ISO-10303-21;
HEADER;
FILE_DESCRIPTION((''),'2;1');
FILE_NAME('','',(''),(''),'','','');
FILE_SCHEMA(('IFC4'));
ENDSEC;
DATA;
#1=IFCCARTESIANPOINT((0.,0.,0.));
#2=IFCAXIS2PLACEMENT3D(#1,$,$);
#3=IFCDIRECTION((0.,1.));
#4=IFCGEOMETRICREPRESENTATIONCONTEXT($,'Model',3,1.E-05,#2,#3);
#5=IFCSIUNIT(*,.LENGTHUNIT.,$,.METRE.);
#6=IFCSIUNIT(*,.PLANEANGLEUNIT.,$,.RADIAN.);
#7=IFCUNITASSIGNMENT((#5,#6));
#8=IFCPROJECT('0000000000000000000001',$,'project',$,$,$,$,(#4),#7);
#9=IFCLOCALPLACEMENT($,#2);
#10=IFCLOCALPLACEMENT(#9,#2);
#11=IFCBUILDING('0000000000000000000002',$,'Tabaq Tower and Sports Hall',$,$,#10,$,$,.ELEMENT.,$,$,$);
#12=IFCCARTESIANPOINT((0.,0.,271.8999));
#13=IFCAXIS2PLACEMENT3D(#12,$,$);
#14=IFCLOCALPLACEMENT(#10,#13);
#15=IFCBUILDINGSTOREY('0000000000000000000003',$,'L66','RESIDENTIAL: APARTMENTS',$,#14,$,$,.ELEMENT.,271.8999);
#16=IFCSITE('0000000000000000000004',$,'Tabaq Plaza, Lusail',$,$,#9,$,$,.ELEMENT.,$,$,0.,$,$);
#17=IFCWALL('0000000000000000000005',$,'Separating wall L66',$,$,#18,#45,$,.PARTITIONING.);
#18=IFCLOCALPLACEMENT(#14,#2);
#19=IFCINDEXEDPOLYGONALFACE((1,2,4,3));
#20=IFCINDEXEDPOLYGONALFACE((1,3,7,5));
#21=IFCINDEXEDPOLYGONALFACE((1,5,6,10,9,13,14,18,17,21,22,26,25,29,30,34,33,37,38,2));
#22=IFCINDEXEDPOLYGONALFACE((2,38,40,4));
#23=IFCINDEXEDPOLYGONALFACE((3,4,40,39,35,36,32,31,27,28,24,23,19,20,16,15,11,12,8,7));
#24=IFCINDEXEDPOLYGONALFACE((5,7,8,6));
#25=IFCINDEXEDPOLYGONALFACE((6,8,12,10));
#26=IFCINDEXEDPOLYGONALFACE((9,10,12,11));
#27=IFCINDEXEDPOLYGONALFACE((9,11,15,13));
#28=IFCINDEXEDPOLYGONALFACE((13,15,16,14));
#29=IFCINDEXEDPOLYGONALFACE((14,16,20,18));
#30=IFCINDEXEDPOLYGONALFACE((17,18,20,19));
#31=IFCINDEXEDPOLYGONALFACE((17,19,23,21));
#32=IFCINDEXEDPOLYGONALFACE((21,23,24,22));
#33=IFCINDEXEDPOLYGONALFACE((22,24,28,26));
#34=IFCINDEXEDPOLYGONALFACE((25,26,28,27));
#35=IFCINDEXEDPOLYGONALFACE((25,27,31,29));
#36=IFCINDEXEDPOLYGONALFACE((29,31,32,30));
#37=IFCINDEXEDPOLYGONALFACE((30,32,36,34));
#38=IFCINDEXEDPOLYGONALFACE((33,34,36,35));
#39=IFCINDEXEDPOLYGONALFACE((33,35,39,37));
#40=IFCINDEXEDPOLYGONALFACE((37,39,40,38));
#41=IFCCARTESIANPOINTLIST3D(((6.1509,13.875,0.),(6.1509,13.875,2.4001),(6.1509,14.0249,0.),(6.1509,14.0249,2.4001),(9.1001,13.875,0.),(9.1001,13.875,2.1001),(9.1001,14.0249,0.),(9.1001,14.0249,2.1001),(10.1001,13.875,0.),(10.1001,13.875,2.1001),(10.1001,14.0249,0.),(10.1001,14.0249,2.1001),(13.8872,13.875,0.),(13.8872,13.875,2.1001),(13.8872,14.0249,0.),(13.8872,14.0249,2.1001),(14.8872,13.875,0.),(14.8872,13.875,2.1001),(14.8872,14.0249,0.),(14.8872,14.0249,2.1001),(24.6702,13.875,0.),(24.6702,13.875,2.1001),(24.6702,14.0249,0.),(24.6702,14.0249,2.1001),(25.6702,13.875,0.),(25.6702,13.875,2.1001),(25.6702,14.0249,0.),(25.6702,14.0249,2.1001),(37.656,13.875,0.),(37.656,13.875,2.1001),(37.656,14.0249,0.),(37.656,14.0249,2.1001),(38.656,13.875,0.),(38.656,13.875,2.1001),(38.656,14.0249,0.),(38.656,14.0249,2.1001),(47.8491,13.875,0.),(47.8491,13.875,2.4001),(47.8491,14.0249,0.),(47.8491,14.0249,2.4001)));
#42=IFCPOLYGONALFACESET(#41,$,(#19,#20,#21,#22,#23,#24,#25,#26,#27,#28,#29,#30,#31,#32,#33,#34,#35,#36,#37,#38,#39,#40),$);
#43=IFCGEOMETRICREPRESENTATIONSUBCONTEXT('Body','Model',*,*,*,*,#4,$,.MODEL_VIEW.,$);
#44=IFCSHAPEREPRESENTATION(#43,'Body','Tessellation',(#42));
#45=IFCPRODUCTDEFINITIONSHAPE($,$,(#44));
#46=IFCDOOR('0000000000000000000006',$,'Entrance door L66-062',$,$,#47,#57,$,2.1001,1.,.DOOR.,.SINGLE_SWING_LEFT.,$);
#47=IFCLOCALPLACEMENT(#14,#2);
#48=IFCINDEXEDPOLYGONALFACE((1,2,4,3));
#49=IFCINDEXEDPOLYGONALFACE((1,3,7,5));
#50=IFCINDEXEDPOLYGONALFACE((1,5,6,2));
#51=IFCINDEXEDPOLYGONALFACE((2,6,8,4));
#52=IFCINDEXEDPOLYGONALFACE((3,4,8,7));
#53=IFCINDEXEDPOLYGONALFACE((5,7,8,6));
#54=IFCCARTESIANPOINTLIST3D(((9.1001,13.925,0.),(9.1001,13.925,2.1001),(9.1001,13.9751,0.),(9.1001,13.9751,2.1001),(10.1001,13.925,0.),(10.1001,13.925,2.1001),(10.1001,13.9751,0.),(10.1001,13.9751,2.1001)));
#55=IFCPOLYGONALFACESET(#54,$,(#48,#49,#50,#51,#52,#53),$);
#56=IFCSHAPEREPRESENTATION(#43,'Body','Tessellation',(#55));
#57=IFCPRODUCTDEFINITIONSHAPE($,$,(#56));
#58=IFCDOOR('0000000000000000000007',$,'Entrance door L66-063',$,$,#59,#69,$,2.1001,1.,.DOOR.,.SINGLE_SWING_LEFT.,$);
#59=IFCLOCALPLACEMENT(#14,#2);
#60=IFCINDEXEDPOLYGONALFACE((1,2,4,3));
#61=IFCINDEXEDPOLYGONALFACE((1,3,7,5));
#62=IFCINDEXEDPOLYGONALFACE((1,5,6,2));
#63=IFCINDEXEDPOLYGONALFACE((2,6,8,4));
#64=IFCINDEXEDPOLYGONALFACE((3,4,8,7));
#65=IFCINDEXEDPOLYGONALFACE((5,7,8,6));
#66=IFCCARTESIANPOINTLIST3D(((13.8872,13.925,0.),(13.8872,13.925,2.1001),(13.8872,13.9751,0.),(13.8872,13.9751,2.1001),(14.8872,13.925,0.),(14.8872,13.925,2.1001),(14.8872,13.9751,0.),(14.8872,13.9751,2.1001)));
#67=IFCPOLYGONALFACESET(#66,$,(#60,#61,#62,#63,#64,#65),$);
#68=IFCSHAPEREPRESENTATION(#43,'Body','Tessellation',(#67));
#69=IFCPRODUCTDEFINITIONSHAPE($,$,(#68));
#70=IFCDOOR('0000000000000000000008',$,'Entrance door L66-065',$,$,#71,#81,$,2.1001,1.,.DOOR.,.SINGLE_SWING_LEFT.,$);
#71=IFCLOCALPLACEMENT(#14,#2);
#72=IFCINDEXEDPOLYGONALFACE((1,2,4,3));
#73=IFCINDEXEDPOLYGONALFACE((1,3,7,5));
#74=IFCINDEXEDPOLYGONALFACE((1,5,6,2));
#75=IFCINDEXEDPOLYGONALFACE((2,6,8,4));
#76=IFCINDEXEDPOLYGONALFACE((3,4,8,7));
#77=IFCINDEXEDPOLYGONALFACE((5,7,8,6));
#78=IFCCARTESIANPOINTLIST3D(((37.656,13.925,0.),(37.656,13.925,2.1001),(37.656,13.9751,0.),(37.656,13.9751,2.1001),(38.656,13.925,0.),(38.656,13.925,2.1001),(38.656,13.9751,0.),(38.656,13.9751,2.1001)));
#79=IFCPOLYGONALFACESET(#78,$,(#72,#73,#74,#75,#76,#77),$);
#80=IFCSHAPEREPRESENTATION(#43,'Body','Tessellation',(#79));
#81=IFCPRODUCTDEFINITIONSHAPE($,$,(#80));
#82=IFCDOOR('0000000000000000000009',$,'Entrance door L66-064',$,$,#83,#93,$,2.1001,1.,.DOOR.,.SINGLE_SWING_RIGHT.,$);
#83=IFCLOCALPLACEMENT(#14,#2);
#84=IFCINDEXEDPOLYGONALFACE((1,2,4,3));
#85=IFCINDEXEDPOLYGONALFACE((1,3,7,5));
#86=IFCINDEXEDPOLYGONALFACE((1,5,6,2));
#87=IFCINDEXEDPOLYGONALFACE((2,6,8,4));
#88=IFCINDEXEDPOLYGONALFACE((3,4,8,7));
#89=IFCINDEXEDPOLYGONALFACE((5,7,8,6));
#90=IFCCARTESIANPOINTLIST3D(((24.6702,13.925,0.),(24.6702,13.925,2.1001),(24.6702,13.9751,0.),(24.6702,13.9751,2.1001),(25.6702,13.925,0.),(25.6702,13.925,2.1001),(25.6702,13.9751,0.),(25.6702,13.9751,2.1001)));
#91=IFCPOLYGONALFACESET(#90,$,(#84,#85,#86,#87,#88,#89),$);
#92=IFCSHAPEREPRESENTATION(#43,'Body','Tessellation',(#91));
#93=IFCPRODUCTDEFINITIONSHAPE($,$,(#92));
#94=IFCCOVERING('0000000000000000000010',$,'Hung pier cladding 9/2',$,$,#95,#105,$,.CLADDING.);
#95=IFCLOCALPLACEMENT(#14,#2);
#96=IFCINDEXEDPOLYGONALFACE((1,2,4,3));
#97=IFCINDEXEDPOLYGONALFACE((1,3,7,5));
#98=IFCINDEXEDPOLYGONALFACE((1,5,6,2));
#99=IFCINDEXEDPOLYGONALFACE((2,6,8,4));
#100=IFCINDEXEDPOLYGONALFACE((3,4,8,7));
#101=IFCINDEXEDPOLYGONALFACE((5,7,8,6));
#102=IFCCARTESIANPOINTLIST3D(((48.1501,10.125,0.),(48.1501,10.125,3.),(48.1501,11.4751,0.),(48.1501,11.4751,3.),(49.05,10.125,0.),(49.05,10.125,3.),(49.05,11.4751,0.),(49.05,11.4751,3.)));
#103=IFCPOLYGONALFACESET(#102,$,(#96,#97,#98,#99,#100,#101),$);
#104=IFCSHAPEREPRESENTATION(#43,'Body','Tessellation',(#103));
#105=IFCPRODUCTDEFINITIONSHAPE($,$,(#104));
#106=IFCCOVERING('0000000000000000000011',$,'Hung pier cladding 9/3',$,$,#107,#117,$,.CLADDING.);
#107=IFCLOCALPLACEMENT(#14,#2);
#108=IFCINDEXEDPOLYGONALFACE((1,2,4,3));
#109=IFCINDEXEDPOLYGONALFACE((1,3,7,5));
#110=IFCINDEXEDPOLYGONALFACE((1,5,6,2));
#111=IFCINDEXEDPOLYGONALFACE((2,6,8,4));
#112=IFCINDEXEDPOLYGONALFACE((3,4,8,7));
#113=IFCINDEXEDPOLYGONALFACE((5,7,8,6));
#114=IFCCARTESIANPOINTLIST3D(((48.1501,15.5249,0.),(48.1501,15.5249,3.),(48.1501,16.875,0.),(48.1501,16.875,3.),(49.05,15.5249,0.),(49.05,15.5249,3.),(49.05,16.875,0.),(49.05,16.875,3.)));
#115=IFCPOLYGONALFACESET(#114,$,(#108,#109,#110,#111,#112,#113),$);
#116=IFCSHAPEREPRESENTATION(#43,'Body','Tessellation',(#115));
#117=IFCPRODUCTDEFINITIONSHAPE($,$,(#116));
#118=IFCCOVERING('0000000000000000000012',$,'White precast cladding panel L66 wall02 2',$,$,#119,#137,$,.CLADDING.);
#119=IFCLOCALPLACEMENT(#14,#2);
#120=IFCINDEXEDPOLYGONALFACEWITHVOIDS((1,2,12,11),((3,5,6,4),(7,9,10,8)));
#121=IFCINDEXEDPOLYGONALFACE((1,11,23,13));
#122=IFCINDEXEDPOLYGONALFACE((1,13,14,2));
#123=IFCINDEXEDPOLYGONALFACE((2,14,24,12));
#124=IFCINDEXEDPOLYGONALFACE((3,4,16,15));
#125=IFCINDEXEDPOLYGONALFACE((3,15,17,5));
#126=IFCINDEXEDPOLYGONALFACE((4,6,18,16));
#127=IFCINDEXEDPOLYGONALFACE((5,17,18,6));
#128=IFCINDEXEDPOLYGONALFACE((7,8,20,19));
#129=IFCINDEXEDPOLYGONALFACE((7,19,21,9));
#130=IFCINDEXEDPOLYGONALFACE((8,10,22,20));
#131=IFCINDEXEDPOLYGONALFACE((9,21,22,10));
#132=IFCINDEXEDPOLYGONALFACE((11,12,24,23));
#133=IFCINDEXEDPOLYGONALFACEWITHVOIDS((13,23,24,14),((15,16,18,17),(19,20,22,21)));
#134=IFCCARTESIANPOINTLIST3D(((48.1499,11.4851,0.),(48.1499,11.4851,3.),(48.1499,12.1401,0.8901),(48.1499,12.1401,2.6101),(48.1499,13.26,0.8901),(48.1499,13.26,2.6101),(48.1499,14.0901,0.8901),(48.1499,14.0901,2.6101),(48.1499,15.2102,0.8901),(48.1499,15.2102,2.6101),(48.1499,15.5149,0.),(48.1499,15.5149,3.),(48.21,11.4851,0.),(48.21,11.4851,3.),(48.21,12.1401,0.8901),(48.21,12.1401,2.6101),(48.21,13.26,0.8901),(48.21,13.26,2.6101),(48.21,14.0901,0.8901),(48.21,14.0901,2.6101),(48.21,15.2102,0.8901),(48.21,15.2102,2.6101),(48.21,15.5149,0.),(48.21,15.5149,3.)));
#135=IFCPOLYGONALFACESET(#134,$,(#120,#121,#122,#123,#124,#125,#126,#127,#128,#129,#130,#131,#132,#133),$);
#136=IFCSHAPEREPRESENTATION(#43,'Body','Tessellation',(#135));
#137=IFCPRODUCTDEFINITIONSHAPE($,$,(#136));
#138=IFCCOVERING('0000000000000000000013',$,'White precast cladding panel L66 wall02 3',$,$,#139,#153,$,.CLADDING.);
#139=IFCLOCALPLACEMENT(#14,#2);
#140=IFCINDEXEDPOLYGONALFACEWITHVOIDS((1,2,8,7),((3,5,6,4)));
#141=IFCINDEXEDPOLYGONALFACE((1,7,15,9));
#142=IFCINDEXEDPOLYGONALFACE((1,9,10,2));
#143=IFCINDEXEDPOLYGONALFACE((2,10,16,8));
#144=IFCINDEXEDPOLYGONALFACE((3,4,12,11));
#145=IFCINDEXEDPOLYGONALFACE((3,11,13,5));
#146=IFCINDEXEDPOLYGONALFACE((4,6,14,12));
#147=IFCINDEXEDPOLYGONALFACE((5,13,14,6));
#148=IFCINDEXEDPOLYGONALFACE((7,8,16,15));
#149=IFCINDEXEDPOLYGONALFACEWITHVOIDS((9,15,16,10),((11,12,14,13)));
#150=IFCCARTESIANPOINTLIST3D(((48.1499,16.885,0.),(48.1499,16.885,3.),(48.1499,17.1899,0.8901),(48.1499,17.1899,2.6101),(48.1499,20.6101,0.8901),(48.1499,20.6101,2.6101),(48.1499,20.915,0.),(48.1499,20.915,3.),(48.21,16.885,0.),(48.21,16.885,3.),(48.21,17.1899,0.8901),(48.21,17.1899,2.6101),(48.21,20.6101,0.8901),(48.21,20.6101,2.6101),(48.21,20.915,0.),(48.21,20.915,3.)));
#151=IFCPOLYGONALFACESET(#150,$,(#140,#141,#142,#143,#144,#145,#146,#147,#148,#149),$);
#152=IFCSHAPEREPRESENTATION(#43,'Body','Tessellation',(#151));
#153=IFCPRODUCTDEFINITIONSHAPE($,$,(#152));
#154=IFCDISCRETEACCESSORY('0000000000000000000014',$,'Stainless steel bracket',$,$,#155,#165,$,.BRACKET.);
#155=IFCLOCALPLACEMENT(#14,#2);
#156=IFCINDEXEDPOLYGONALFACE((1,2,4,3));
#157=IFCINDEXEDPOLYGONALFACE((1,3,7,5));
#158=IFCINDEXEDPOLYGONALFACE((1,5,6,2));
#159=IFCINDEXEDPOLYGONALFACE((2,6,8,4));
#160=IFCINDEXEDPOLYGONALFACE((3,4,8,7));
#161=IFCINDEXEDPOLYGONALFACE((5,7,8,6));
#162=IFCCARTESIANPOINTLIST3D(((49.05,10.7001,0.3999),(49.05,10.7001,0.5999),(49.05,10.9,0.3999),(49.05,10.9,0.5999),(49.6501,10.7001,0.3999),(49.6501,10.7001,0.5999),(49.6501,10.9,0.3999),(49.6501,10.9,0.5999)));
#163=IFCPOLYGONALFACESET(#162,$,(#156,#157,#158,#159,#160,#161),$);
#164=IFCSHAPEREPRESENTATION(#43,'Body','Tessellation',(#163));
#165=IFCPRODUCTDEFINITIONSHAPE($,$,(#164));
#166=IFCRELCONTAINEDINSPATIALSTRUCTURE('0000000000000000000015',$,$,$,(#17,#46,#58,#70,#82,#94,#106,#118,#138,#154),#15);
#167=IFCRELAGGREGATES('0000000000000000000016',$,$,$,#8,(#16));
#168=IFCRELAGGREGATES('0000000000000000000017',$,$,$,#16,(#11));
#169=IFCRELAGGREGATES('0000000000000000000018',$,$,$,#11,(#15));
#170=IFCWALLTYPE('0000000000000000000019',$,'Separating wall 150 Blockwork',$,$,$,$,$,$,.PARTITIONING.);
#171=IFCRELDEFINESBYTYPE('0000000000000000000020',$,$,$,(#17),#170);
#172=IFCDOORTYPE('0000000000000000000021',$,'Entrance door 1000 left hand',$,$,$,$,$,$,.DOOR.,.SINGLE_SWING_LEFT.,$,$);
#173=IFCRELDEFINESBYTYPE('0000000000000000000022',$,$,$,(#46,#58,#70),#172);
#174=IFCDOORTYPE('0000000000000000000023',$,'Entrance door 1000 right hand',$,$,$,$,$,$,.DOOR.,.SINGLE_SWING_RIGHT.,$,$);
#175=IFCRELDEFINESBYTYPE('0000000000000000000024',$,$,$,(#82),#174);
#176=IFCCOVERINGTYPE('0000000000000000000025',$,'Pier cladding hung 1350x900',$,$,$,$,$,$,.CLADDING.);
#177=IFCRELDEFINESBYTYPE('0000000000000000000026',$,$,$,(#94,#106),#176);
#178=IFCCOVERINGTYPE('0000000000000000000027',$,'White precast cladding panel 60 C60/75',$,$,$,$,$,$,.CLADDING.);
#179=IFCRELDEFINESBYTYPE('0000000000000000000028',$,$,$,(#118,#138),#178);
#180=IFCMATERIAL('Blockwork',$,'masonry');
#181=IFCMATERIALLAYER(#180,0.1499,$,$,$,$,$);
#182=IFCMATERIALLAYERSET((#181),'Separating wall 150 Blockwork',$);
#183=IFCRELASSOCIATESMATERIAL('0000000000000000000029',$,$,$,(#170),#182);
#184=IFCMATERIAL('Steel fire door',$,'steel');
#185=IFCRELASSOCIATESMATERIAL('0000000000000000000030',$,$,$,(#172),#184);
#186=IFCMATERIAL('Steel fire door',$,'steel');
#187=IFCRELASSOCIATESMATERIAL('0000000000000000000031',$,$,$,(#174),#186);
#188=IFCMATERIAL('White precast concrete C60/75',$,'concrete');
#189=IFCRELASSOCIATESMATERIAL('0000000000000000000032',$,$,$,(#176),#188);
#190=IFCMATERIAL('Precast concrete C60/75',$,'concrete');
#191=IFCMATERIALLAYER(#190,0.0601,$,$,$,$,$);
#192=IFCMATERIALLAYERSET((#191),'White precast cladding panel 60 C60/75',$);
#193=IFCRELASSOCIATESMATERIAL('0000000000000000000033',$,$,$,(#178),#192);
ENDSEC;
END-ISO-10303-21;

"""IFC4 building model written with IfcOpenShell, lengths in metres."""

from ifc_helpers import new_model, si_unit, direction, frame, frame_2d, origin, origin_2d, place, context, subcontext, project, spatial, polyline, rectangle, outline, extrude, material, layer, layer_set, type_object, element, fill, save


model = new_model("IFC4")

# Units and contexts
model_context = context("Model", 3, precision=1e-05, world=origin(), true_north=direction((0.0, 1.0)))
body_context = subcontext(model_context, "Body", "Model", "MODEL_VIEW")
ifc_project = project(units=[si_unit("LENGTHUNIT", "METRE"), si_unit("PLANEANGLEUNIT", "RADIAN")], contexts=[model_context])

# Site, building, storey
site_placement = place(None, origin())
site = spatial("IfcSite", under=ifc_project, at=site_placement, Name="Tabaq Plaza, Lusail", CompositionType="ELEMENT", RefElevation=0.0)
building_placement = place(site_placement, origin())
building = spatial("IfcBuilding", under=site, at=building_placement, Name="Tabaq Tower and Sports Hall", CompositionType="ELEMENT")
storey_placement = place(building_placement, frame((0.0, 0.0, 271.8999)))
storey = spatial("IfcBuildingStorey", under=building, at=storey_placement, Name="L66", Description="RESIDENTIAL: APARTMENTS", CompositionType="ELEMENT", Elevation=271.8999)

# Wall, openings, doors
ifc_material_1 = material(Name="Blockwork", Category="masonry")
ifc_layer_1 = layer(ifc_material_1, 0.1499)
ifc_layer_set_1 = layer_set([ifc_layer_1], Name="Separating wall 150 Blockwork")
wall_type_1 = type_object("IfcWallType", Name="Separating wall 150 Blockwork", PredefinedType="PARTITIONING", material=ifc_layer_set_1)
wall_1_placement = place(storey_placement, frame((47.8491, 13.95, 0.0), z_axis=(0.0, 0.0, 1.0), x_axis=(-1.0, 0.0, 0.0)))
wall_1 = element("IfcWall", 1, at=wall_1_placement, inside=storey, type_object=wall_type_1, Name="Separating wall L66", PredefinedType="PARTITIONING", context=body_context, shape_type="SweptSolid", body=[
    extrude(rectangle(XDim=41.6982, YDim=0.1499, at=frame_2d((20.8491, 0.0))), origin(), (0.0, 0.0, 1.0), 2.4001),
])
opening_1_placement = place(wall_1_placement, frame((37.749, 0.0, 0.0)))
opening_1 = element("IfcOpeningElement", 2, at=opening_1_placement, cuts=wall_1, PredefinedType="OPENING", context=body_context, shape_type="SweptSolid", body=[
    extrude(rectangle(XDim=1.0, YDim=2.1001, at=frame_2d((0.5, 1.05))), frame((0.0, 0.075, 0.0), z_axis=(0.0, -1.0, 0.0), x_axis=(1.0, 0.0, 0.0)), (0.0, 0.0, 1.0), 0.1499),
])
opening_2_placement = place(wall_1_placement, frame((32.9619, 0.0, 0.0)))
opening_2 = element("IfcOpeningElement", 3, at=opening_2_placement, cuts=wall_1, PredefinedType="OPENING", context=body_context, shape_type="SweptSolid", body=[
    extrude(rectangle(XDim=1.0, YDim=2.1001, at=frame_2d((0.5, 1.05))), frame((0.0, 0.075, 0.0), z_axis=(0.0, -1.0, 0.0), x_axis=(1.0, 0.0, 0.0)), (0.0, 0.0, 1.0), 0.1499),
])
opening_3_placement = place(wall_1_placement, frame((22.179, 0.0, 0.0)))
opening_3 = element("IfcOpeningElement", 4, at=opening_3_placement, cuts=wall_1, PredefinedType="OPENING", context=body_context, shape_type="SweptSolid", body=[
    extrude(rectangle(XDim=1.0, YDim=2.1001, at=frame_2d((0.5, 1.05))), frame((0.0, 0.075, 0.0), z_axis=(0.0, -1.0, 0.0), x_axis=(1.0, 0.0, 0.0)), (0.0, 0.0, 1.0), 0.1499),
])
opening_4_placement = place(wall_1_placement, frame((9.1931, 0.0, 0.0)))
opening_4 = element("IfcOpeningElement", 5, at=opening_4_placement, cuts=wall_1, PredefinedType="OPENING", context=body_context, shape_type="SweptSolid", body=[
    extrude(rectangle(XDim=1.0, YDim=2.1001, at=frame_2d((0.5, 1.05))), frame((0.0, 0.075, 0.0), z_axis=(0.0, -1.0, 0.0), x_axis=(1.0, 0.0, 0.0)), (0.0, 0.0, 1.0), 0.1499),
])
ifc_material_2 = material(Name="Steel fire door", Category="steel")
door_type_1 = type_object("IfcDoorType", Name="Entrance door 1000 left hand", OperationType="SINGLE_SWING_LEFT", PredefinedType="DOOR", material=ifc_material_2)
door_1_placement = place(opening_1_placement, origin())
door_1 = element("IfcDoor", 6, at=door_1_placement, inside=storey, type_object=door_type_1, Name="Entrance door L66-062", OperationType="SINGLE_SWING_LEFT", OverallHeight=2.1001, OverallWidth=1.0, PredefinedType="DOOR", context=body_context, shape_type="SweptSolid", body=[
    extrude(rectangle(XDim=1.0, YDim=2.1001, at=frame_2d((0.5, 1.05))), frame((0.0, 0.0249, 0.0), z_axis=(0.0, -1.0, 0.0), x_axis=(1.0, 0.0, 0.0)), (0.0, 0.0, 1.0), 0.05),
])
fill(opening_1, door_1)
door_2_placement = place(opening_2_placement, origin())
door_2 = element("IfcDoor", 7, at=door_2_placement, inside=storey, type_object=door_type_1, Name="Entrance door L66-063", OperationType="SINGLE_SWING_LEFT", OverallHeight=2.1001, OverallWidth=1.0, PredefinedType="DOOR", context=body_context, shape_type="SweptSolid", body=[
    extrude(rectangle(XDim=1.0, YDim=2.1001, at=frame_2d((0.5, 1.05))), frame((0.0, 0.0249, 0.0), z_axis=(0.0, -1.0, 0.0), x_axis=(1.0, 0.0, 0.0)), (0.0, 0.0, 1.0), 0.05),
])
fill(opening_2, door_2)
door_3_placement = place(opening_4_placement, origin())
door_3 = element("IfcDoor", 8, at=door_3_placement, inside=storey, type_object=door_type_1, Name="Entrance door L66-065", OperationType="SINGLE_SWING_LEFT", OverallHeight=2.1001, OverallWidth=1.0, PredefinedType="DOOR", context=body_context, shape_type="SweptSolid", body=[
    extrude(rectangle(XDim=1.0, YDim=2.1001, at=frame_2d((0.5, 1.05))), frame((0.0, 0.0249, 0.0), z_axis=(0.0, -1.0, 0.0), x_axis=(1.0, 0.0, 0.0)), (0.0, 0.0, 1.0), 0.05),
])
fill(opening_4, door_3)
ifc_material_3 = material(Name="Steel fire door", Category="steel")
door_type_2 = type_object("IfcDoorType", Name="Entrance door 1000 right hand", OperationType="SINGLE_SWING_RIGHT", PredefinedType="DOOR", material=ifc_material_3)
door_4_placement = place(opening_3_placement, origin())
door_4 = element("IfcDoor", 9, at=door_4_placement, inside=storey, type_object=door_type_2, Name="Entrance door L66-064", OperationType="SINGLE_SWING_RIGHT", OverallHeight=2.1001, OverallWidth=1.0, PredefinedType="DOOR", context=body_context, shape_type="SweptSolid", body=[
    extrude(rectangle(XDim=1.0, YDim=2.1001, at=frame_2d((0.5, 1.05))), frame((0.0, 0.0249, 0.0), z_axis=(0.0, -1.0, 0.0), x_axis=(1.0, 0.0, 0.0)), (0.0, 0.0, 1.0), 0.05),
])
fill(opening_3, door_4)

# Coverings
ifc_material_4 = material(Name="White precast concrete C60/75", Category="concrete")
covering_type_1 = type_object("IfcCoveringType", Name="Pier cladding hung 1350x900", PredefinedType="CLADDING", material=ifc_material_4)
for number, where, z_axis, x_axis, name in (
    (10, (48.6001, 10.125, 0.0), (0.0, 0.0, 1.0), (0.0, 1.0, 0.0), "Hung pier cladding 9/2"),
    (11, (48.6001, 15.5249, 0.0), (0.0, 0.0, 1.0), (0.0, 1.0, 0.0), "Hung pier cladding 9/3"),
):
    element("IfcCovering", number, at=place(storey_placement, frame(where, z_axis=z_axis, x_axis=x_axis)), inside=storey, type_object=covering_type_1, Name=name, PredefinedType="CLADDING", context=body_context, shape_type="SweptSolid", body=[
        extrude(rectangle(XDim=1.3501, YDim=0.8999, at=frame_2d((0.675, 0.0))), origin(), (0.0, 0.0, 1.0), 3.0),
    ])
ifc_material_5 = material(Name="Precast concrete C60/75", Category="concrete")
ifc_layer_2 = layer(ifc_material_5, 0.0601)
ifc_layer_set_2 = layer_set([ifc_layer_2], Name="White precast cladding panel 60 C60/75")
covering_type_2 = type_object("IfcCoveringType", Name="White precast cladding panel 60 C60/75", PredefinedType="CLADDING", material=ifc_layer_set_2)
covering_1_placement = place(storey_placement, frame((48.1799, 11.4851, 0.0), z_axis=(0.0, 0.0, 1.0), x_axis=(0.0, 1.0, 0.0)))
element("IfcCovering", 12, at=covering_1_placement, inside=storey, type_object=covering_type_2, Name="White precast cladding panel L66 wall02 2", PredefinedType="CLADDING", context=body_context, shape_type="SweptSolid", body=[
    extrude(outline(polyline([(0.0, 0.0), (4.0298, 0.0), (4.0298, 3.0), (0.0, 3.0), (0.0, 0.0)]), holes=[polyline([(0.655, 2.6101), (1.7749, 2.6101), (1.7749, 0.8901), (0.655, 0.8901), (0.655, 2.6101)]), polyline([(2.605, 2.6101), (3.7251, 2.6101), (3.7251, 0.8901), (2.605, 0.8901), (2.605, 2.6101)])]), frame((0.0, 0.03, 0.0), z_axis=(0.0, -1.0, 0.0), x_axis=(1.0, 0.0, 0.0)), (0.0, 0.0, 1.0), 0.0601),
])
covering_2_placement = place(storey_placement, frame((48.1799, 16.885, 0.0), z_axis=(0.0, 0.0, 1.0), x_axis=(0.0, 1.0, 0.0)))
element("IfcCovering", 13, at=covering_2_placement, inside=storey, type_object=covering_type_2, Name="White precast cladding panel L66 wall02 3", PredefinedType="CLADDING", context=body_context, shape_type="SweptSolid", body=[
    extrude(outline(polyline([(0.0, 0.0), (4.03, 0.0), (4.03, 3.0), (0.0, 3.0), (0.0, 0.0)]), holes=[polyline([(0.3049, 0.8901), (0.3049, 2.6101), (3.7251, 2.6101), (3.7251, 0.8901), (0.3049, 0.8901)])]), frame((0.0, 0.03, 0.0), z_axis=(0.0, -1.0, 0.0), x_axis=(1.0, 0.0, 0.0)), (0.0, 0.0, 1.0), 0.0601),
])

# Discrete accessory
for number, where, z_axis, x_axis, name in (
    (14, (49.3501, 10.8, 0.3999), (0.0, 0.0, 1.0), (1.0, 0.0, 0.0), "Stainless steel bracket"),
):
    element("IfcDiscreteAccessory", number, at=place(storey_placement, frame(where, z_axis=z_axis, x_axis=x_axis)), inside=storey, Name=name, PredefinedType="BRACKET", context=body_context, shape_type="SweptSolid", body=[
        extrude(rectangle(XDim=0.6001, YDim=0.2, at=origin_2d()), origin(), (0.0, 0.0, 1.0), 0.2),
    ])

save(model, "model.ifc")
